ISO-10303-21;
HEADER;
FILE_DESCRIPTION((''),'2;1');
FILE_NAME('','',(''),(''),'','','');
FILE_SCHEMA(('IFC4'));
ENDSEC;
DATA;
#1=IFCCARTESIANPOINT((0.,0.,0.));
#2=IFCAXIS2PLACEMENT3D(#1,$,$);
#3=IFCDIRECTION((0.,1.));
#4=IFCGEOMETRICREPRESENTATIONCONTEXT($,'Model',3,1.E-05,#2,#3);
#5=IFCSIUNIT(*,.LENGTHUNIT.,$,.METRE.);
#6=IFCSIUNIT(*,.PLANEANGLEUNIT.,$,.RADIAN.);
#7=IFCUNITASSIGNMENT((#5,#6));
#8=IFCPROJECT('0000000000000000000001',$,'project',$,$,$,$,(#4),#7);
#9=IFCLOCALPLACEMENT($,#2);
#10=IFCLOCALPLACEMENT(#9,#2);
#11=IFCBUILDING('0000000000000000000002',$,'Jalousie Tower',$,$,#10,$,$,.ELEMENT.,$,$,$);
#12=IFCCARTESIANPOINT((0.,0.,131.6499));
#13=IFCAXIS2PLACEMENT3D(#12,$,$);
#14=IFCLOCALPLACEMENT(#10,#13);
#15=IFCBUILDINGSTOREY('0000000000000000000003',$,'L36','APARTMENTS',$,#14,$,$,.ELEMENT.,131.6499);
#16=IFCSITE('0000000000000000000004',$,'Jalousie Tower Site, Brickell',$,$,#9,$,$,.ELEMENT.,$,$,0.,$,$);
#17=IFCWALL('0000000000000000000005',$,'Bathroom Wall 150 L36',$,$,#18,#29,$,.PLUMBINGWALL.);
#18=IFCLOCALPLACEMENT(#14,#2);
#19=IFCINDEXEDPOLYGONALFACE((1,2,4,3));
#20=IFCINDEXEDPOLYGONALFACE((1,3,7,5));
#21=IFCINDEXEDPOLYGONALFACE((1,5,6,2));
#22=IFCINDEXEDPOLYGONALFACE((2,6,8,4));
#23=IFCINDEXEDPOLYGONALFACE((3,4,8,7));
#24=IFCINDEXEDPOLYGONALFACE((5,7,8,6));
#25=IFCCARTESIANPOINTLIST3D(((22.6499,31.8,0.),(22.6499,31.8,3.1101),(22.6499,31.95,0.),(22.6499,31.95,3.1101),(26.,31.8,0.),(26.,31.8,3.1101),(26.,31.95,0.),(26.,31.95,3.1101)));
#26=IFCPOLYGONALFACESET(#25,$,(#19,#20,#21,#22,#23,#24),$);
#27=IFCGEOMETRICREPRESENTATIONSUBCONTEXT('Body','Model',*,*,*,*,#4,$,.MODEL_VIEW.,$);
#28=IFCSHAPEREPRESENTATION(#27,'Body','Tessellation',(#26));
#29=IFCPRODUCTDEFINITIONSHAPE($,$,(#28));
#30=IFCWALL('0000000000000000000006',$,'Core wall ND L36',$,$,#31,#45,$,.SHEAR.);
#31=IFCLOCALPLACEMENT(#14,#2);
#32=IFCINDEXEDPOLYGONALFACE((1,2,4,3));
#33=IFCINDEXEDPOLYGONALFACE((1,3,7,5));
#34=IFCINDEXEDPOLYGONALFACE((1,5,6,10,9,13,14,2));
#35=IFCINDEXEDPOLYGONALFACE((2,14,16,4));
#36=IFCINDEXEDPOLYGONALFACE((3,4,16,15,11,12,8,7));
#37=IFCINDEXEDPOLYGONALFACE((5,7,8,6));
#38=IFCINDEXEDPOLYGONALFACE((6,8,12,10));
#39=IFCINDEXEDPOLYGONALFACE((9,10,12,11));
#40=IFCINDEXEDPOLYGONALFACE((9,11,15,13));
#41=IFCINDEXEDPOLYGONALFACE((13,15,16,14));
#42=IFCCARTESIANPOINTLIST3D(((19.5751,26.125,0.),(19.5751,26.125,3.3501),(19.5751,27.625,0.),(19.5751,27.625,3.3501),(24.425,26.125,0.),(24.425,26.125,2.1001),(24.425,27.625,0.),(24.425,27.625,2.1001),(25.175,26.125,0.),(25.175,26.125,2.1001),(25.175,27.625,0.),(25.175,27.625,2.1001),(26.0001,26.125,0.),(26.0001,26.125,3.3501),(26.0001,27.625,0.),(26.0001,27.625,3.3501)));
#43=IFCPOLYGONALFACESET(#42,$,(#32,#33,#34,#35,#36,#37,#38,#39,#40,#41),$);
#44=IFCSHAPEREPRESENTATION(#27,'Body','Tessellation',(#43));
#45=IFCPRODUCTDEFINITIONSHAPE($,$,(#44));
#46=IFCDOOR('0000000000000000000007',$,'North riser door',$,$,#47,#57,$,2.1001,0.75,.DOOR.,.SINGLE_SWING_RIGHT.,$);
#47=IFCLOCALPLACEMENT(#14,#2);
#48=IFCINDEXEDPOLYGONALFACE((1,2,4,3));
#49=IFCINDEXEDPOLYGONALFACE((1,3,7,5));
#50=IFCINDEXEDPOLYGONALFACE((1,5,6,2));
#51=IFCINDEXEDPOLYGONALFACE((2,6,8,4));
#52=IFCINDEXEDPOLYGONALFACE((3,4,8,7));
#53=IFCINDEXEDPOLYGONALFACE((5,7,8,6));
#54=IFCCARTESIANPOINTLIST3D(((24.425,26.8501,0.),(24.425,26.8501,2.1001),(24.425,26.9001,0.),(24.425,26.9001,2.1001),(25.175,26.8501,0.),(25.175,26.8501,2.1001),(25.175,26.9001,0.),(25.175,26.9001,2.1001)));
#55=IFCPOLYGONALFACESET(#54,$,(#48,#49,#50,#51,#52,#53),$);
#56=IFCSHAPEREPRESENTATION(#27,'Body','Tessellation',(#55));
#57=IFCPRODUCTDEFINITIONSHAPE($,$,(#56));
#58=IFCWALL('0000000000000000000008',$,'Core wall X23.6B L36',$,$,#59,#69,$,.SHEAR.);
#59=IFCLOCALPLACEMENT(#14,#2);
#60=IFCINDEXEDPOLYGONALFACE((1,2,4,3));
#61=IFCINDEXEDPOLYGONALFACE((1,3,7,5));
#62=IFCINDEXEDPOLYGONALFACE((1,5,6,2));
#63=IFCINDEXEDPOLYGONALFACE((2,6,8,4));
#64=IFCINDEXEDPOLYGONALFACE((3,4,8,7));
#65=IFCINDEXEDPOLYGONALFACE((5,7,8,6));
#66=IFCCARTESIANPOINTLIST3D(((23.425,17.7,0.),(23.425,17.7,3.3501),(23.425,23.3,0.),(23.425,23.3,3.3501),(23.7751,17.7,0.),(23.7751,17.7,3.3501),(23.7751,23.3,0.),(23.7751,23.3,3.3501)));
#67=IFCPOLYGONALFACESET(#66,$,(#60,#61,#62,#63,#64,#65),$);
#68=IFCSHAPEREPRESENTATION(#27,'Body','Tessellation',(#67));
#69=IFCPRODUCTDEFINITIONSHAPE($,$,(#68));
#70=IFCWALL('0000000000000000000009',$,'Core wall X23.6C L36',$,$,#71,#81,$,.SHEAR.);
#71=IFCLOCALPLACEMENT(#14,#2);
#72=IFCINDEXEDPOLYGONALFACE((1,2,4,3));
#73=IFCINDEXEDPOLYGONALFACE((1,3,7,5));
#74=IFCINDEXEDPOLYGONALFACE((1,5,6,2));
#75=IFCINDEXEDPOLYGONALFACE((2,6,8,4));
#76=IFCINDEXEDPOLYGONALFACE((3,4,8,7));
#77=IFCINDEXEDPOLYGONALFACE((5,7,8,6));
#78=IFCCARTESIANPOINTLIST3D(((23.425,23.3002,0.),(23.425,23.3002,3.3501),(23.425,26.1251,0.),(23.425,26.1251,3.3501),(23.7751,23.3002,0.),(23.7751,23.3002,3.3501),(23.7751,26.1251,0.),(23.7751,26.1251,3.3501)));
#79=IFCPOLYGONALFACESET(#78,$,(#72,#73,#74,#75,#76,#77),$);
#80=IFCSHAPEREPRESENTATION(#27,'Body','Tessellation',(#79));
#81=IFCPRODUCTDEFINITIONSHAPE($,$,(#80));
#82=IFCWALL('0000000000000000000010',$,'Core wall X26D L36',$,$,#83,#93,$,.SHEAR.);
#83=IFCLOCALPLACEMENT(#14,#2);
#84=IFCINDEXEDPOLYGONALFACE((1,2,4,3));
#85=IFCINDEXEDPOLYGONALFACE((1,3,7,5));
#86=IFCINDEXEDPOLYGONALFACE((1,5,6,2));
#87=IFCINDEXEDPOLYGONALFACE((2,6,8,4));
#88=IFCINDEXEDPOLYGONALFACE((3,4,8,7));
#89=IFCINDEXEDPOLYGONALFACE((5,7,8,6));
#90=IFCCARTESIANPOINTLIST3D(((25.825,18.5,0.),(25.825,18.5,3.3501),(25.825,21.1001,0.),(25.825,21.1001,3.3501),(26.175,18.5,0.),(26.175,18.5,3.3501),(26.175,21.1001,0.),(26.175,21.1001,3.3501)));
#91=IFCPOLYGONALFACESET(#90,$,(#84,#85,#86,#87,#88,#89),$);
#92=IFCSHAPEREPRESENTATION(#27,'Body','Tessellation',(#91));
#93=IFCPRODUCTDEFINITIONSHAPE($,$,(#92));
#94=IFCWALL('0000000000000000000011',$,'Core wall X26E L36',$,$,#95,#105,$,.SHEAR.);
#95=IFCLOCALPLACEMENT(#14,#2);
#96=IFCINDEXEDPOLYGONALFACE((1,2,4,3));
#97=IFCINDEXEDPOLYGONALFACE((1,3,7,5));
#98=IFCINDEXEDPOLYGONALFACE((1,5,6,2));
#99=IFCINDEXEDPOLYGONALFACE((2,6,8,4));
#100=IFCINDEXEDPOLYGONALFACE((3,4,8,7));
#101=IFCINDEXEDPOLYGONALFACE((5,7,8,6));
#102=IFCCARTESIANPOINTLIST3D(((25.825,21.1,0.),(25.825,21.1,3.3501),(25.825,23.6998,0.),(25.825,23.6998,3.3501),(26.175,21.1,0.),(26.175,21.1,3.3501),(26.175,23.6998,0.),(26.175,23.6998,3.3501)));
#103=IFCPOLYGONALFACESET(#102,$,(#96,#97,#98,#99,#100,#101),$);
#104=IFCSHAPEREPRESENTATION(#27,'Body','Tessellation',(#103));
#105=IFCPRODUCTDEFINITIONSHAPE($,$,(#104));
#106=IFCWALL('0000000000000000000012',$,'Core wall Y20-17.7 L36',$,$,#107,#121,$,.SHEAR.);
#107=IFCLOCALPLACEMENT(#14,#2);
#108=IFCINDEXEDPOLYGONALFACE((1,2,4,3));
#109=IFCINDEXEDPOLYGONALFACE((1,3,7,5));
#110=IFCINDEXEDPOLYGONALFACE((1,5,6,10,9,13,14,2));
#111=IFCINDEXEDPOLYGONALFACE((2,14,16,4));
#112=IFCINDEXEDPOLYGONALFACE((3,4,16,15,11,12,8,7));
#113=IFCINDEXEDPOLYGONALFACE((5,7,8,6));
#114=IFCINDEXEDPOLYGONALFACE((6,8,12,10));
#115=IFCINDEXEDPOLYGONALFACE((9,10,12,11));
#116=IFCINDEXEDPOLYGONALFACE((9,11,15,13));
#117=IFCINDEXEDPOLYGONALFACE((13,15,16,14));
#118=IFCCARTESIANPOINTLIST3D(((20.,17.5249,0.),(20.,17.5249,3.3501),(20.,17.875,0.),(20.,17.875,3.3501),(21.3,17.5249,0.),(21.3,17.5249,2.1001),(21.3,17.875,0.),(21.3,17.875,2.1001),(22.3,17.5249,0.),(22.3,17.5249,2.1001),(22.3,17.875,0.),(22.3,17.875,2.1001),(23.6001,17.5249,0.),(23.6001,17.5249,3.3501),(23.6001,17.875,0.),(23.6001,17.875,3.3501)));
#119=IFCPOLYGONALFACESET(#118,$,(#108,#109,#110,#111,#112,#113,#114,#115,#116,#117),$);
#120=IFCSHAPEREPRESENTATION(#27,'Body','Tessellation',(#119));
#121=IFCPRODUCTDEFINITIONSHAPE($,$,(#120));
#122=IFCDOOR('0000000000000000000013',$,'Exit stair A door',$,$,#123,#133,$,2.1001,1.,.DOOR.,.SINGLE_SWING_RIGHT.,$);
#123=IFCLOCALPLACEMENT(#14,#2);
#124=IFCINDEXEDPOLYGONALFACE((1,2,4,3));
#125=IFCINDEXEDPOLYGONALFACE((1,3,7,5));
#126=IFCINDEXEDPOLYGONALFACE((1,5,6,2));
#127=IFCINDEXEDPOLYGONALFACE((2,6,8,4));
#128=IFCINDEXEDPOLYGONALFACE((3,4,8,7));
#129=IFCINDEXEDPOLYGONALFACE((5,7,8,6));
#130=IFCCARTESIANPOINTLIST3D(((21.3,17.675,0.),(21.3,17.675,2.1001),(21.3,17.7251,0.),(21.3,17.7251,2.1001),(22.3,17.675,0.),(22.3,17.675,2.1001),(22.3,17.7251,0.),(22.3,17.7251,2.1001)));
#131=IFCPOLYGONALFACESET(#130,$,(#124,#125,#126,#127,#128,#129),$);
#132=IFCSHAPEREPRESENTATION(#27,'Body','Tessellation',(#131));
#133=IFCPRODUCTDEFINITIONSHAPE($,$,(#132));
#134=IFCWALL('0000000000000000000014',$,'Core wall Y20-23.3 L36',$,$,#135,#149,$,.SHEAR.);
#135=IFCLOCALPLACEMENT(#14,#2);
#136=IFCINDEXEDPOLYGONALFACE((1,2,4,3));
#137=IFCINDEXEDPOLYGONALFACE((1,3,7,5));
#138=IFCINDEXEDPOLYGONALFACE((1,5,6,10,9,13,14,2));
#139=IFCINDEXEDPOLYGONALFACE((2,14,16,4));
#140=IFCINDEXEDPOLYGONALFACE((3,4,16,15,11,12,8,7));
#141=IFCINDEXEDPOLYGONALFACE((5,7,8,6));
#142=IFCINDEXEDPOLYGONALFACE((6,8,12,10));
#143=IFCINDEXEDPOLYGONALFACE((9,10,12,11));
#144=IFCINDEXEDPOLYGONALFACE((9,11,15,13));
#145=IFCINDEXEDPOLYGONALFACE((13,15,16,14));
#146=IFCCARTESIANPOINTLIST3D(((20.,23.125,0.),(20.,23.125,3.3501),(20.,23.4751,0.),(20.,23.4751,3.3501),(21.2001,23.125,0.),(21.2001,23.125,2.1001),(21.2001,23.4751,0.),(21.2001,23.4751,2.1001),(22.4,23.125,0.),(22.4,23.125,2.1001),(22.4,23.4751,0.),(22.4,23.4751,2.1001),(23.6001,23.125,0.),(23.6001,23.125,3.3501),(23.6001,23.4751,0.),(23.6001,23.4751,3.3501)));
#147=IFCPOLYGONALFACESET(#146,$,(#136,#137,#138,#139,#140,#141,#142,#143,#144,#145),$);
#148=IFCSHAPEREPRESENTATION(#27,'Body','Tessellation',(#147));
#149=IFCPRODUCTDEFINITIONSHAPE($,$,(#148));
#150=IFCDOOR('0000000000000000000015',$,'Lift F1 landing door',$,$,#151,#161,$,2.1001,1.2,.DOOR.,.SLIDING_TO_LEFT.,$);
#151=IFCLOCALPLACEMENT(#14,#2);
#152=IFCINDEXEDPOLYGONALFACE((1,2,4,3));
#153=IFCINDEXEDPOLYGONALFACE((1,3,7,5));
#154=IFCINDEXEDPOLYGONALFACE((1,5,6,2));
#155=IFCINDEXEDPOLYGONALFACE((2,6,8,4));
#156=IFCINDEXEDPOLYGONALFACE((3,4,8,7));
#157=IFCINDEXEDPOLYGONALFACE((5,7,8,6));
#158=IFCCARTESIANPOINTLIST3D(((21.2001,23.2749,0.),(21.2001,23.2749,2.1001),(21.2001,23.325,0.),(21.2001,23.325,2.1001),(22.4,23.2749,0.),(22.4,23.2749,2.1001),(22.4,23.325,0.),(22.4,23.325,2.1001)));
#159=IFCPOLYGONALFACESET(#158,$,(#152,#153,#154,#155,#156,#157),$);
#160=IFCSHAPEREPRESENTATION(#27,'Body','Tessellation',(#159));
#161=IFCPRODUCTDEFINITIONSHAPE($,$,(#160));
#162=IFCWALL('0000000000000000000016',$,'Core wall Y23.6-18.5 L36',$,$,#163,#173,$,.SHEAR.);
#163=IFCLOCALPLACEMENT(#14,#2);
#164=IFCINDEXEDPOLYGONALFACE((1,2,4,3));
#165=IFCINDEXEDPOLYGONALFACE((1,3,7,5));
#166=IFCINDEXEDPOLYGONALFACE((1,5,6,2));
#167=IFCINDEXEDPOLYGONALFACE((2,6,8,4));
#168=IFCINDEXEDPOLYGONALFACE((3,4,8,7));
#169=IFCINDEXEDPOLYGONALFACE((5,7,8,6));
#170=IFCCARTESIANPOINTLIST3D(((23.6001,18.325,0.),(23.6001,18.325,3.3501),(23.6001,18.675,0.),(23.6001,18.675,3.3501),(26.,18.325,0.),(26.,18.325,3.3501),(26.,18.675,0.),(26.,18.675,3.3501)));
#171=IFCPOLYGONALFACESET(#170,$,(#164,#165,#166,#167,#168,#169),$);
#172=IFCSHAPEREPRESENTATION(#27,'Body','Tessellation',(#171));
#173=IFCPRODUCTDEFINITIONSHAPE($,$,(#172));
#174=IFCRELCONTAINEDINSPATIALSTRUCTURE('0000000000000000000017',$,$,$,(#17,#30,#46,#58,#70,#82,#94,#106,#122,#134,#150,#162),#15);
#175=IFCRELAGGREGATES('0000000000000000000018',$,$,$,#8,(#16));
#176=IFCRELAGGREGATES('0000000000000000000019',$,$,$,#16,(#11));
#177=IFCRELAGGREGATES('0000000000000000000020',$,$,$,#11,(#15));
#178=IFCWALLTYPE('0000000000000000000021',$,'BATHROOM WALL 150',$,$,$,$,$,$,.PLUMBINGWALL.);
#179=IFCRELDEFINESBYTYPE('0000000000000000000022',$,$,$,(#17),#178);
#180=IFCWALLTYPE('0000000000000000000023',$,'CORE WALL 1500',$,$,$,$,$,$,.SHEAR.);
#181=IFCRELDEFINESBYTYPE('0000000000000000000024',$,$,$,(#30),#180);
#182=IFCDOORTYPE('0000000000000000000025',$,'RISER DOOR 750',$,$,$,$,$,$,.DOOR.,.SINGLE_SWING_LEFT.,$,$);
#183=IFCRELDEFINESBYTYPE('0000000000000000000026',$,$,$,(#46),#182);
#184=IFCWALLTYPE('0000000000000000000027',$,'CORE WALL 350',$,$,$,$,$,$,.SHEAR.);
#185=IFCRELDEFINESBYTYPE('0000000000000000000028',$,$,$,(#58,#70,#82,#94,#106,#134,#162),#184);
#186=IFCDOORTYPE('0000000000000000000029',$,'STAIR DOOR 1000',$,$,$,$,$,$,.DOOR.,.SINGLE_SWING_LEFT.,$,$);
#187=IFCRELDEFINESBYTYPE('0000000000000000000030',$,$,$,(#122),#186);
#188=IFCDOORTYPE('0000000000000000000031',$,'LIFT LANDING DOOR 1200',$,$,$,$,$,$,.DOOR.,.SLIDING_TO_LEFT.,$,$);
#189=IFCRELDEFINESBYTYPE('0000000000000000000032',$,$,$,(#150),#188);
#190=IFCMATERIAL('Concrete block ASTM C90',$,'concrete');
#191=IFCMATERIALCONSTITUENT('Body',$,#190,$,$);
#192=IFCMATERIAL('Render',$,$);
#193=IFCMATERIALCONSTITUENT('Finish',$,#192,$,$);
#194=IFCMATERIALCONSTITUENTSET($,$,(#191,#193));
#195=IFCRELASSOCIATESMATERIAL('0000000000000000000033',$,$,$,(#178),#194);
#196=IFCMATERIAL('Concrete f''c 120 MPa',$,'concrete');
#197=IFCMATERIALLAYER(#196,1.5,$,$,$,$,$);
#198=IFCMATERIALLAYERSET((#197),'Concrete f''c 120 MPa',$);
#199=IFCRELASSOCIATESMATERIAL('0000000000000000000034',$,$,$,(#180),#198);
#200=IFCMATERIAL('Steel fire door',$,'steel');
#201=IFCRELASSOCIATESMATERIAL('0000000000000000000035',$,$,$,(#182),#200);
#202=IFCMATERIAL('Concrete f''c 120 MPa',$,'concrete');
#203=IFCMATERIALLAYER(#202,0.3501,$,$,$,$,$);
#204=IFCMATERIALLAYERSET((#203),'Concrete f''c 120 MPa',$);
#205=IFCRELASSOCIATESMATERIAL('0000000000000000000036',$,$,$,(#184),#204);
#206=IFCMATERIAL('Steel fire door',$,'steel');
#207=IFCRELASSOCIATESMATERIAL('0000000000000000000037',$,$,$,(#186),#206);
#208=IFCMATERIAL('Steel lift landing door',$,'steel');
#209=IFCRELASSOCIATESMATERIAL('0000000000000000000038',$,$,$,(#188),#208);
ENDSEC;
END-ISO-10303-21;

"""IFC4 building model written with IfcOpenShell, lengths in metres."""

from ifc_helpers import new_model, si_unit, direction, frame, frame_2d, origin, place, context, subcontext, project, spatial, rectangle, extrude, material, layer, layer_set, constituent, constituent_set, type_object, element, fill, save


model = new_model("IFC4")

# Units and contexts
model_context = context("Model", 3, precision=1e-05, world=origin(), true_north=direction((0.0, 1.0)))
body_context = subcontext(model_context, "Body", "Model", "MODEL_VIEW")
ifc_project = project(units=[si_unit("LENGTHUNIT", "METRE"), si_unit("PLANEANGLEUNIT", "RADIAN")], contexts=[model_context])

# Site, building, storey
site_placement = place(None, origin())
site = spatial("IfcSite", under=ifc_project, at=site_placement, Name="Jalousie Tower Site, Brickell", CompositionType="ELEMENT", RefElevation=0.0)
building_placement = place(site_placement, origin())
building = spatial("IfcBuilding", under=site, at=building_placement, Name="Jalousie Tower", CompositionType="ELEMENT")
storey_placement = place(building_placement, frame((0.0, 0.0, 131.6499)))
storey = spatial("IfcBuildingStorey", under=building, at=storey_placement, Name="L36", Description="APARTMENTS", CompositionType="ELEMENT", Elevation=131.6499)

# Wall
ifc_material_1 = material(Name="Concrete block ASTM C90", Category="concrete")
ifc_constituent_1 = constituent(ifc_material_1, Name="Body")
ifc_material_2 = material(Name="Render")
ifc_constituent_2 = constituent(ifc_material_2, Name="Finish")
ifc_constituent_set_1 = constituent_set(constituents=[ifc_constituent_1, ifc_constituent_2])
wall_type_1 = type_object("IfcWallType", Name="BATHROOM WALL 150", PredefinedType="PLUMBINGWALL", material=ifc_constituent_set_1)
wall_1_placement = place(storey_placement, frame((22.6499, 31.875, 0.0), z_axis=(0.0, 0.0, 1.0), x_axis=(1.0, 0.0, 0.0)))
element("IfcWall", 1, at=wall_1_placement, inside=storey, type_object=wall_type_1, Name="Bathroom Wall 150 L36", PredefinedType="PLUMBINGWALL", context=body_context, shape_type="SweptSolid", body=[
    extrude(rectangle(XDim=3.3501, YDim=0.1499, at=frame_2d((1.675, 0.0))), origin(), (0.0, 0.0, 1.0), 3.1101),
])

# Wall, opening, door
ifc_material_3 = material(Name="Concrete f'c 120 MPa", Category="concrete")
ifc_layer_1 = layer(ifc_material_3, 1.5)
ifc_layer_set_1 = layer_set([ifc_layer_1], Name="Concrete f'c 120 MPa")
wall_type_2 = type_object("IfcWallType", Name="CORE WALL 1500", PredefinedType="SHEAR", material=ifc_layer_set_1)
wall_2_placement = place(storey_placement, frame((26.0, 26.875, 0.0), z_axis=(0.0, 0.0, 1.0), x_axis=(-1.0, 0.0, 0.0)))
wall_2 = element("IfcWall", 2, at=wall_2_placement, inside=storey, type_object=wall_type_2, Name="Core wall ND L36", PredefinedType="SHEAR", context=body_context, shape_type="SweptSolid", body=[
    extrude(rectangle(XDim=6.425, YDim=1.5, at=frame_2d((3.2124, 0.0))), origin(), (0.0, 0.0, 1.0), 3.3501),
])
opening_1_placement = place(wall_2_placement, frame((0.825, 0.0, 0.0)))
opening_1 = element("IfcOpeningElement", 3, at=opening_1_placement, cuts=wall_2, PredefinedType="OPENING", context=body_context, shape_type="SweptSolid", body=[
    extrude(rectangle(XDim=0.75, YDim=2.1001, at=frame_2d((0.375, 1.05))), frame((0.0, 0.76, 0.0), z_axis=(0.0, -1.0, 0.0), x_axis=(1.0, 0.0, 0.0)), (0.0, 0.0, 1.0), 1.52),
])
ifc_material_4 = material(Name="Steel fire door", Category="steel")
door_type_1 = type_object("IfcDoorType", Name="RISER DOOR 750", OperationType="SINGLE_SWING_LEFT", PredefinedType="DOOR", material=ifc_material_4)
door_1_placement = place(opening_1_placement, origin())
door_1 = element("IfcDoor", 4, at=door_1_placement, inside=storey, type_object=door_type_1, Name="North riser door", OperationType="SINGLE_SWING_RIGHT", OverallHeight=2.1001, OverallWidth=0.75, PredefinedType="DOOR", context=body_context, shape_type="SweptSolid", body=[
    extrude(rectangle(XDim=0.75, YDim=2.1001, at=frame_2d((0.375, 1.05))), frame((0.0, 0.0249, 0.0), z_axis=(0.0, -1.0, 0.0), x_axis=(1.0, 0.0, 0.0)), (0.0, 0.0, 1.0), 0.05),
])
fill(opening_1, door_1)

# Walls
ifc_material_5 = material(Name="Concrete f'c 120 MPa", Category="concrete")
ifc_layer_2 = layer(ifc_material_5, 0.3501)
ifc_layer_set_2 = layer_set([ifc_layer_2], Name="Concrete f'c 120 MPa")
wall_type_3 = type_object("IfcWallType", Name="CORE WALL 350", PredefinedType="SHEAR", material=ifc_layer_set_2)
wall_3_placement = place(storey_placement, frame((23.6001, 17.7, 0.0), z_axis=(0.0, 0.0, 1.0), x_axis=(0.0, 1.0, 0.0)))
element("IfcWall", 5, at=wall_3_placement, inside=storey, type_object=wall_type_3, Name="Core wall X23.6B L36", PredefinedType="SHEAR", context=body_context, shape_type="SweptSolid", body=[
    extrude(rectangle(XDim=5.6001, YDim=0.3501, at=frame_2d((2.8, 0.0))), origin(), (0.0, 0.0, 1.0), 3.3501),
])
wall_4_placement = place(storey_placement, frame((23.6001, 23.3, 0.0), z_axis=(0.0, 0.0, 1.0), x_axis=(0.0, 1.0, 0.0)))
element("IfcWall", 6, at=wall_4_placement, inside=storey, type_object=wall_type_3, Name="Core wall X23.6C L36", PredefinedType="SHEAR", context=body_context, shape_type="SweptSolid", body=[
    extrude(rectangle(XDim=2.825, YDim=0.3501, at=frame_2d((1.4126, 0.0))), origin(), (0.0, 0.0, 1.0), 3.3501),
])
wall_5_placement = place(storey_placement, frame((26.0, 18.5, 0.0), z_axis=(0.0, 0.0, 1.0), x_axis=(0.0, 1.0, 0.0)))
element("IfcWall", 7, at=wall_5_placement, inside=storey, type_object=wall_type_3, Name="Core wall X26D L36", PredefinedType="SHEAR", context=body_context, shape_type="SweptSolid", body=[
    extrude(rectangle(XDim=2.6001, YDim=0.3501, at=frame_2d((1.3, 0.0))), origin(), (0.0, 0.0, 1.0), 3.3501),
])
wall_6_placement = place(storey_placement, frame((26.0, 21.1001, 0.0), z_axis=(0.0, 0.0, 1.0), x_axis=(0.0, 1.0, 0.0)))
element("IfcWall", 8, at=wall_6_placement, inside=storey, type_object=wall_type_3, Name="Core wall X26E L36", PredefinedType="SHEAR", context=body_context, shape_type="SweptSolid", body=[
    extrude(rectangle(XDim=2.5999, YDim=0.3501, at=frame_2d((1.2998, 0.0))), origin(), (0.0, 0.0, 1.0), 3.3501),
])

# Walls, openings, doors
wall_7_placement = place(storey_placement, frame((20.0, 17.7, 0.0), z_axis=(0.0, 0.0, 1.0), x_axis=(1.0, 0.0, 0.0)))
wall_7 = element("IfcWall", 9, at=wall_7_placement, inside=storey, type_object=wall_type_3, Name="Core wall Y20-17.7 L36", PredefinedType="SHEAR", context=body_context, shape_type="SweptSolid", body=[
    extrude(rectangle(XDim=3.6001, YDim=0.3501, at=frame_2d((1.8, 0.0))), origin(), (0.0, 0.0, 1.0), 3.3501),
])
opening_2_placement = place(wall_7_placement, frame((1.3, 0.0, 0.0)))
opening_2 = element("IfcOpeningElement", 10, at=opening_2_placement, cuts=wall_7, PredefinedType="OPENING", context=body_context, shape_type="SweptSolid", body=[
    extrude(rectangle(XDim=1.0, YDim=2.1001, at=frame_2d((0.5, 1.05))), frame((0.0, 0.1851, 0.0), z_axis=(0.0, -1.0, 0.0), x_axis=(1.0, 0.0, 0.0)), (0.0, 0.0, 1.0), 0.3701),
])
ifc_material_6 = material(Name="Steel fire door", Category="steel")
door_type_2 = type_object("IfcDoorType", Name="STAIR DOOR 1000", OperationType="SINGLE_SWING_LEFT", PredefinedType="DOOR", material=ifc_material_6)
door_2_placement = place(opening_2_placement, frame((1.0, 0.0, 0.0), z_axis=(0.0, 0.0, 1.0), x_axis=(-1.0, 0.0, 0.0)))
door_2 = element("IfcDoor", 11, at=door_2_placement, inside=storey, type_object=door_type_2, Name="Exit stair A door", OperationType="SINGLE_SWING_RIGHT", OverallHeight=2.1001, OverallWidth=1.0, PredefinedType="DOOR", context=body_context, shape_type="SweptSolid", body=[
    extrude(rectangle(XDim=1.0, YDim=2.1001, at=frame_2d((0.5, 1.05))), frame((0.0, 0.0249, 0.0), z_axis=(0.0, -1.0, 0.0), x_axis=(1.0, 0.0, 0.0)), (0.0, 0.0, 1.0), 0.05),
])
fill(opening_2, door_2)
wall_8_placement = place(storey_placement, frame((20.0, 23.3, 0.0), z_axis=(0.0, 0.0, 1.0), x_axis=(1.0, 0.0, 0.0)))
wall_8 = element("IfcWall", 12, at=wall_8_placement, inside=storey, type_object=wall_type_3, Name="Core wall Y20-23.3 L36", PredefinedType="SHEAR", context=body_context, shape_type="SweptSolid", body=[
    extrude(rectangle(XDim=3.6001, YDim=0.3501, at=frame_2d((1.8, 0.0))), origin(), (0.0, 0.0, 1.0), 3.3501),
])
opening_3_placement = place(wall_8_placement, frame((1.2, 0.0, 0.0)))
opening_3 = element("IfcOpeningElement", 13, at=opening_3_placement, cuts=wall_8, PredefinedType="OPENING", context=body_context, shape_type="SweptSolid", body=[
    extrude(rectangle(XDim=1.2, YDim=2.1001, at=frame_2d((0.6001, 1.05))), frame((0.0, 0.1851, 0.0), z_axis=(0.0, -1.0, 0.0), x_axis=(1.0, 0.0, 0.0)), (0.0, 0.0, 1.0), 0.3701),
])
ifc_material_7 = material(Name="Steel lift landing door", Category="steel")
door_type_3 = type_object("IfcDoorType", Name="LIFT LANDING DOOR 1200", OperationType="SLIDING_TO_LEFT", PredefinedType="DOOR", material=ifc_material_7)
door_3_placement = place(opening_3_placement, origin())
door_3 = element("IfcDoor", 14, at=door_3_placement, inside=storey, type_object=door_type_3, Name="Lift F1 landing door", OperationType="SLIDING_TO_LEFT", OverallHeight=2.1001, OverallWidth=1.2, PredefinedType="DOOR", context=body_context, shape_type="SweptSolid", body=[
    extrude(rectangle(XDim=1.2, YDim=2.1001, at=frame_2d((0.6001, 1.05))), frame((0.0, 0.0249, 0.0), z_axis=(0.0, -1.0, 0.0), x_axis=(1.0, 0.0, 0.0)), (0.0, 0.0, 1.0), 0.05),
])
fill(opening_3, door_3)

# Wall
wall_9_placement = place(storey_placement, frame((23.6001, 18.5, 0.0), z_axis=(0.0, 0.0, 1.0), x_axis=(1.0, 0.0, 0.0)))
element("IfcWall", 15, at=wall_9_placement, inside=storey, type_object=wall_type_3, Name="Core wall Y23.6-18.5 L36", PredefinedType="SHEAR", context=body_context, shape_type="SweptSolid", body=[
    extrude(rectangle(XDim=2.3999, YDim=0.3501, at=frame_2d((1.2, 0.0))), origin(), (0.0, 0.0, 1.0), 3.3501),
])

save(model, "model.ifc")
